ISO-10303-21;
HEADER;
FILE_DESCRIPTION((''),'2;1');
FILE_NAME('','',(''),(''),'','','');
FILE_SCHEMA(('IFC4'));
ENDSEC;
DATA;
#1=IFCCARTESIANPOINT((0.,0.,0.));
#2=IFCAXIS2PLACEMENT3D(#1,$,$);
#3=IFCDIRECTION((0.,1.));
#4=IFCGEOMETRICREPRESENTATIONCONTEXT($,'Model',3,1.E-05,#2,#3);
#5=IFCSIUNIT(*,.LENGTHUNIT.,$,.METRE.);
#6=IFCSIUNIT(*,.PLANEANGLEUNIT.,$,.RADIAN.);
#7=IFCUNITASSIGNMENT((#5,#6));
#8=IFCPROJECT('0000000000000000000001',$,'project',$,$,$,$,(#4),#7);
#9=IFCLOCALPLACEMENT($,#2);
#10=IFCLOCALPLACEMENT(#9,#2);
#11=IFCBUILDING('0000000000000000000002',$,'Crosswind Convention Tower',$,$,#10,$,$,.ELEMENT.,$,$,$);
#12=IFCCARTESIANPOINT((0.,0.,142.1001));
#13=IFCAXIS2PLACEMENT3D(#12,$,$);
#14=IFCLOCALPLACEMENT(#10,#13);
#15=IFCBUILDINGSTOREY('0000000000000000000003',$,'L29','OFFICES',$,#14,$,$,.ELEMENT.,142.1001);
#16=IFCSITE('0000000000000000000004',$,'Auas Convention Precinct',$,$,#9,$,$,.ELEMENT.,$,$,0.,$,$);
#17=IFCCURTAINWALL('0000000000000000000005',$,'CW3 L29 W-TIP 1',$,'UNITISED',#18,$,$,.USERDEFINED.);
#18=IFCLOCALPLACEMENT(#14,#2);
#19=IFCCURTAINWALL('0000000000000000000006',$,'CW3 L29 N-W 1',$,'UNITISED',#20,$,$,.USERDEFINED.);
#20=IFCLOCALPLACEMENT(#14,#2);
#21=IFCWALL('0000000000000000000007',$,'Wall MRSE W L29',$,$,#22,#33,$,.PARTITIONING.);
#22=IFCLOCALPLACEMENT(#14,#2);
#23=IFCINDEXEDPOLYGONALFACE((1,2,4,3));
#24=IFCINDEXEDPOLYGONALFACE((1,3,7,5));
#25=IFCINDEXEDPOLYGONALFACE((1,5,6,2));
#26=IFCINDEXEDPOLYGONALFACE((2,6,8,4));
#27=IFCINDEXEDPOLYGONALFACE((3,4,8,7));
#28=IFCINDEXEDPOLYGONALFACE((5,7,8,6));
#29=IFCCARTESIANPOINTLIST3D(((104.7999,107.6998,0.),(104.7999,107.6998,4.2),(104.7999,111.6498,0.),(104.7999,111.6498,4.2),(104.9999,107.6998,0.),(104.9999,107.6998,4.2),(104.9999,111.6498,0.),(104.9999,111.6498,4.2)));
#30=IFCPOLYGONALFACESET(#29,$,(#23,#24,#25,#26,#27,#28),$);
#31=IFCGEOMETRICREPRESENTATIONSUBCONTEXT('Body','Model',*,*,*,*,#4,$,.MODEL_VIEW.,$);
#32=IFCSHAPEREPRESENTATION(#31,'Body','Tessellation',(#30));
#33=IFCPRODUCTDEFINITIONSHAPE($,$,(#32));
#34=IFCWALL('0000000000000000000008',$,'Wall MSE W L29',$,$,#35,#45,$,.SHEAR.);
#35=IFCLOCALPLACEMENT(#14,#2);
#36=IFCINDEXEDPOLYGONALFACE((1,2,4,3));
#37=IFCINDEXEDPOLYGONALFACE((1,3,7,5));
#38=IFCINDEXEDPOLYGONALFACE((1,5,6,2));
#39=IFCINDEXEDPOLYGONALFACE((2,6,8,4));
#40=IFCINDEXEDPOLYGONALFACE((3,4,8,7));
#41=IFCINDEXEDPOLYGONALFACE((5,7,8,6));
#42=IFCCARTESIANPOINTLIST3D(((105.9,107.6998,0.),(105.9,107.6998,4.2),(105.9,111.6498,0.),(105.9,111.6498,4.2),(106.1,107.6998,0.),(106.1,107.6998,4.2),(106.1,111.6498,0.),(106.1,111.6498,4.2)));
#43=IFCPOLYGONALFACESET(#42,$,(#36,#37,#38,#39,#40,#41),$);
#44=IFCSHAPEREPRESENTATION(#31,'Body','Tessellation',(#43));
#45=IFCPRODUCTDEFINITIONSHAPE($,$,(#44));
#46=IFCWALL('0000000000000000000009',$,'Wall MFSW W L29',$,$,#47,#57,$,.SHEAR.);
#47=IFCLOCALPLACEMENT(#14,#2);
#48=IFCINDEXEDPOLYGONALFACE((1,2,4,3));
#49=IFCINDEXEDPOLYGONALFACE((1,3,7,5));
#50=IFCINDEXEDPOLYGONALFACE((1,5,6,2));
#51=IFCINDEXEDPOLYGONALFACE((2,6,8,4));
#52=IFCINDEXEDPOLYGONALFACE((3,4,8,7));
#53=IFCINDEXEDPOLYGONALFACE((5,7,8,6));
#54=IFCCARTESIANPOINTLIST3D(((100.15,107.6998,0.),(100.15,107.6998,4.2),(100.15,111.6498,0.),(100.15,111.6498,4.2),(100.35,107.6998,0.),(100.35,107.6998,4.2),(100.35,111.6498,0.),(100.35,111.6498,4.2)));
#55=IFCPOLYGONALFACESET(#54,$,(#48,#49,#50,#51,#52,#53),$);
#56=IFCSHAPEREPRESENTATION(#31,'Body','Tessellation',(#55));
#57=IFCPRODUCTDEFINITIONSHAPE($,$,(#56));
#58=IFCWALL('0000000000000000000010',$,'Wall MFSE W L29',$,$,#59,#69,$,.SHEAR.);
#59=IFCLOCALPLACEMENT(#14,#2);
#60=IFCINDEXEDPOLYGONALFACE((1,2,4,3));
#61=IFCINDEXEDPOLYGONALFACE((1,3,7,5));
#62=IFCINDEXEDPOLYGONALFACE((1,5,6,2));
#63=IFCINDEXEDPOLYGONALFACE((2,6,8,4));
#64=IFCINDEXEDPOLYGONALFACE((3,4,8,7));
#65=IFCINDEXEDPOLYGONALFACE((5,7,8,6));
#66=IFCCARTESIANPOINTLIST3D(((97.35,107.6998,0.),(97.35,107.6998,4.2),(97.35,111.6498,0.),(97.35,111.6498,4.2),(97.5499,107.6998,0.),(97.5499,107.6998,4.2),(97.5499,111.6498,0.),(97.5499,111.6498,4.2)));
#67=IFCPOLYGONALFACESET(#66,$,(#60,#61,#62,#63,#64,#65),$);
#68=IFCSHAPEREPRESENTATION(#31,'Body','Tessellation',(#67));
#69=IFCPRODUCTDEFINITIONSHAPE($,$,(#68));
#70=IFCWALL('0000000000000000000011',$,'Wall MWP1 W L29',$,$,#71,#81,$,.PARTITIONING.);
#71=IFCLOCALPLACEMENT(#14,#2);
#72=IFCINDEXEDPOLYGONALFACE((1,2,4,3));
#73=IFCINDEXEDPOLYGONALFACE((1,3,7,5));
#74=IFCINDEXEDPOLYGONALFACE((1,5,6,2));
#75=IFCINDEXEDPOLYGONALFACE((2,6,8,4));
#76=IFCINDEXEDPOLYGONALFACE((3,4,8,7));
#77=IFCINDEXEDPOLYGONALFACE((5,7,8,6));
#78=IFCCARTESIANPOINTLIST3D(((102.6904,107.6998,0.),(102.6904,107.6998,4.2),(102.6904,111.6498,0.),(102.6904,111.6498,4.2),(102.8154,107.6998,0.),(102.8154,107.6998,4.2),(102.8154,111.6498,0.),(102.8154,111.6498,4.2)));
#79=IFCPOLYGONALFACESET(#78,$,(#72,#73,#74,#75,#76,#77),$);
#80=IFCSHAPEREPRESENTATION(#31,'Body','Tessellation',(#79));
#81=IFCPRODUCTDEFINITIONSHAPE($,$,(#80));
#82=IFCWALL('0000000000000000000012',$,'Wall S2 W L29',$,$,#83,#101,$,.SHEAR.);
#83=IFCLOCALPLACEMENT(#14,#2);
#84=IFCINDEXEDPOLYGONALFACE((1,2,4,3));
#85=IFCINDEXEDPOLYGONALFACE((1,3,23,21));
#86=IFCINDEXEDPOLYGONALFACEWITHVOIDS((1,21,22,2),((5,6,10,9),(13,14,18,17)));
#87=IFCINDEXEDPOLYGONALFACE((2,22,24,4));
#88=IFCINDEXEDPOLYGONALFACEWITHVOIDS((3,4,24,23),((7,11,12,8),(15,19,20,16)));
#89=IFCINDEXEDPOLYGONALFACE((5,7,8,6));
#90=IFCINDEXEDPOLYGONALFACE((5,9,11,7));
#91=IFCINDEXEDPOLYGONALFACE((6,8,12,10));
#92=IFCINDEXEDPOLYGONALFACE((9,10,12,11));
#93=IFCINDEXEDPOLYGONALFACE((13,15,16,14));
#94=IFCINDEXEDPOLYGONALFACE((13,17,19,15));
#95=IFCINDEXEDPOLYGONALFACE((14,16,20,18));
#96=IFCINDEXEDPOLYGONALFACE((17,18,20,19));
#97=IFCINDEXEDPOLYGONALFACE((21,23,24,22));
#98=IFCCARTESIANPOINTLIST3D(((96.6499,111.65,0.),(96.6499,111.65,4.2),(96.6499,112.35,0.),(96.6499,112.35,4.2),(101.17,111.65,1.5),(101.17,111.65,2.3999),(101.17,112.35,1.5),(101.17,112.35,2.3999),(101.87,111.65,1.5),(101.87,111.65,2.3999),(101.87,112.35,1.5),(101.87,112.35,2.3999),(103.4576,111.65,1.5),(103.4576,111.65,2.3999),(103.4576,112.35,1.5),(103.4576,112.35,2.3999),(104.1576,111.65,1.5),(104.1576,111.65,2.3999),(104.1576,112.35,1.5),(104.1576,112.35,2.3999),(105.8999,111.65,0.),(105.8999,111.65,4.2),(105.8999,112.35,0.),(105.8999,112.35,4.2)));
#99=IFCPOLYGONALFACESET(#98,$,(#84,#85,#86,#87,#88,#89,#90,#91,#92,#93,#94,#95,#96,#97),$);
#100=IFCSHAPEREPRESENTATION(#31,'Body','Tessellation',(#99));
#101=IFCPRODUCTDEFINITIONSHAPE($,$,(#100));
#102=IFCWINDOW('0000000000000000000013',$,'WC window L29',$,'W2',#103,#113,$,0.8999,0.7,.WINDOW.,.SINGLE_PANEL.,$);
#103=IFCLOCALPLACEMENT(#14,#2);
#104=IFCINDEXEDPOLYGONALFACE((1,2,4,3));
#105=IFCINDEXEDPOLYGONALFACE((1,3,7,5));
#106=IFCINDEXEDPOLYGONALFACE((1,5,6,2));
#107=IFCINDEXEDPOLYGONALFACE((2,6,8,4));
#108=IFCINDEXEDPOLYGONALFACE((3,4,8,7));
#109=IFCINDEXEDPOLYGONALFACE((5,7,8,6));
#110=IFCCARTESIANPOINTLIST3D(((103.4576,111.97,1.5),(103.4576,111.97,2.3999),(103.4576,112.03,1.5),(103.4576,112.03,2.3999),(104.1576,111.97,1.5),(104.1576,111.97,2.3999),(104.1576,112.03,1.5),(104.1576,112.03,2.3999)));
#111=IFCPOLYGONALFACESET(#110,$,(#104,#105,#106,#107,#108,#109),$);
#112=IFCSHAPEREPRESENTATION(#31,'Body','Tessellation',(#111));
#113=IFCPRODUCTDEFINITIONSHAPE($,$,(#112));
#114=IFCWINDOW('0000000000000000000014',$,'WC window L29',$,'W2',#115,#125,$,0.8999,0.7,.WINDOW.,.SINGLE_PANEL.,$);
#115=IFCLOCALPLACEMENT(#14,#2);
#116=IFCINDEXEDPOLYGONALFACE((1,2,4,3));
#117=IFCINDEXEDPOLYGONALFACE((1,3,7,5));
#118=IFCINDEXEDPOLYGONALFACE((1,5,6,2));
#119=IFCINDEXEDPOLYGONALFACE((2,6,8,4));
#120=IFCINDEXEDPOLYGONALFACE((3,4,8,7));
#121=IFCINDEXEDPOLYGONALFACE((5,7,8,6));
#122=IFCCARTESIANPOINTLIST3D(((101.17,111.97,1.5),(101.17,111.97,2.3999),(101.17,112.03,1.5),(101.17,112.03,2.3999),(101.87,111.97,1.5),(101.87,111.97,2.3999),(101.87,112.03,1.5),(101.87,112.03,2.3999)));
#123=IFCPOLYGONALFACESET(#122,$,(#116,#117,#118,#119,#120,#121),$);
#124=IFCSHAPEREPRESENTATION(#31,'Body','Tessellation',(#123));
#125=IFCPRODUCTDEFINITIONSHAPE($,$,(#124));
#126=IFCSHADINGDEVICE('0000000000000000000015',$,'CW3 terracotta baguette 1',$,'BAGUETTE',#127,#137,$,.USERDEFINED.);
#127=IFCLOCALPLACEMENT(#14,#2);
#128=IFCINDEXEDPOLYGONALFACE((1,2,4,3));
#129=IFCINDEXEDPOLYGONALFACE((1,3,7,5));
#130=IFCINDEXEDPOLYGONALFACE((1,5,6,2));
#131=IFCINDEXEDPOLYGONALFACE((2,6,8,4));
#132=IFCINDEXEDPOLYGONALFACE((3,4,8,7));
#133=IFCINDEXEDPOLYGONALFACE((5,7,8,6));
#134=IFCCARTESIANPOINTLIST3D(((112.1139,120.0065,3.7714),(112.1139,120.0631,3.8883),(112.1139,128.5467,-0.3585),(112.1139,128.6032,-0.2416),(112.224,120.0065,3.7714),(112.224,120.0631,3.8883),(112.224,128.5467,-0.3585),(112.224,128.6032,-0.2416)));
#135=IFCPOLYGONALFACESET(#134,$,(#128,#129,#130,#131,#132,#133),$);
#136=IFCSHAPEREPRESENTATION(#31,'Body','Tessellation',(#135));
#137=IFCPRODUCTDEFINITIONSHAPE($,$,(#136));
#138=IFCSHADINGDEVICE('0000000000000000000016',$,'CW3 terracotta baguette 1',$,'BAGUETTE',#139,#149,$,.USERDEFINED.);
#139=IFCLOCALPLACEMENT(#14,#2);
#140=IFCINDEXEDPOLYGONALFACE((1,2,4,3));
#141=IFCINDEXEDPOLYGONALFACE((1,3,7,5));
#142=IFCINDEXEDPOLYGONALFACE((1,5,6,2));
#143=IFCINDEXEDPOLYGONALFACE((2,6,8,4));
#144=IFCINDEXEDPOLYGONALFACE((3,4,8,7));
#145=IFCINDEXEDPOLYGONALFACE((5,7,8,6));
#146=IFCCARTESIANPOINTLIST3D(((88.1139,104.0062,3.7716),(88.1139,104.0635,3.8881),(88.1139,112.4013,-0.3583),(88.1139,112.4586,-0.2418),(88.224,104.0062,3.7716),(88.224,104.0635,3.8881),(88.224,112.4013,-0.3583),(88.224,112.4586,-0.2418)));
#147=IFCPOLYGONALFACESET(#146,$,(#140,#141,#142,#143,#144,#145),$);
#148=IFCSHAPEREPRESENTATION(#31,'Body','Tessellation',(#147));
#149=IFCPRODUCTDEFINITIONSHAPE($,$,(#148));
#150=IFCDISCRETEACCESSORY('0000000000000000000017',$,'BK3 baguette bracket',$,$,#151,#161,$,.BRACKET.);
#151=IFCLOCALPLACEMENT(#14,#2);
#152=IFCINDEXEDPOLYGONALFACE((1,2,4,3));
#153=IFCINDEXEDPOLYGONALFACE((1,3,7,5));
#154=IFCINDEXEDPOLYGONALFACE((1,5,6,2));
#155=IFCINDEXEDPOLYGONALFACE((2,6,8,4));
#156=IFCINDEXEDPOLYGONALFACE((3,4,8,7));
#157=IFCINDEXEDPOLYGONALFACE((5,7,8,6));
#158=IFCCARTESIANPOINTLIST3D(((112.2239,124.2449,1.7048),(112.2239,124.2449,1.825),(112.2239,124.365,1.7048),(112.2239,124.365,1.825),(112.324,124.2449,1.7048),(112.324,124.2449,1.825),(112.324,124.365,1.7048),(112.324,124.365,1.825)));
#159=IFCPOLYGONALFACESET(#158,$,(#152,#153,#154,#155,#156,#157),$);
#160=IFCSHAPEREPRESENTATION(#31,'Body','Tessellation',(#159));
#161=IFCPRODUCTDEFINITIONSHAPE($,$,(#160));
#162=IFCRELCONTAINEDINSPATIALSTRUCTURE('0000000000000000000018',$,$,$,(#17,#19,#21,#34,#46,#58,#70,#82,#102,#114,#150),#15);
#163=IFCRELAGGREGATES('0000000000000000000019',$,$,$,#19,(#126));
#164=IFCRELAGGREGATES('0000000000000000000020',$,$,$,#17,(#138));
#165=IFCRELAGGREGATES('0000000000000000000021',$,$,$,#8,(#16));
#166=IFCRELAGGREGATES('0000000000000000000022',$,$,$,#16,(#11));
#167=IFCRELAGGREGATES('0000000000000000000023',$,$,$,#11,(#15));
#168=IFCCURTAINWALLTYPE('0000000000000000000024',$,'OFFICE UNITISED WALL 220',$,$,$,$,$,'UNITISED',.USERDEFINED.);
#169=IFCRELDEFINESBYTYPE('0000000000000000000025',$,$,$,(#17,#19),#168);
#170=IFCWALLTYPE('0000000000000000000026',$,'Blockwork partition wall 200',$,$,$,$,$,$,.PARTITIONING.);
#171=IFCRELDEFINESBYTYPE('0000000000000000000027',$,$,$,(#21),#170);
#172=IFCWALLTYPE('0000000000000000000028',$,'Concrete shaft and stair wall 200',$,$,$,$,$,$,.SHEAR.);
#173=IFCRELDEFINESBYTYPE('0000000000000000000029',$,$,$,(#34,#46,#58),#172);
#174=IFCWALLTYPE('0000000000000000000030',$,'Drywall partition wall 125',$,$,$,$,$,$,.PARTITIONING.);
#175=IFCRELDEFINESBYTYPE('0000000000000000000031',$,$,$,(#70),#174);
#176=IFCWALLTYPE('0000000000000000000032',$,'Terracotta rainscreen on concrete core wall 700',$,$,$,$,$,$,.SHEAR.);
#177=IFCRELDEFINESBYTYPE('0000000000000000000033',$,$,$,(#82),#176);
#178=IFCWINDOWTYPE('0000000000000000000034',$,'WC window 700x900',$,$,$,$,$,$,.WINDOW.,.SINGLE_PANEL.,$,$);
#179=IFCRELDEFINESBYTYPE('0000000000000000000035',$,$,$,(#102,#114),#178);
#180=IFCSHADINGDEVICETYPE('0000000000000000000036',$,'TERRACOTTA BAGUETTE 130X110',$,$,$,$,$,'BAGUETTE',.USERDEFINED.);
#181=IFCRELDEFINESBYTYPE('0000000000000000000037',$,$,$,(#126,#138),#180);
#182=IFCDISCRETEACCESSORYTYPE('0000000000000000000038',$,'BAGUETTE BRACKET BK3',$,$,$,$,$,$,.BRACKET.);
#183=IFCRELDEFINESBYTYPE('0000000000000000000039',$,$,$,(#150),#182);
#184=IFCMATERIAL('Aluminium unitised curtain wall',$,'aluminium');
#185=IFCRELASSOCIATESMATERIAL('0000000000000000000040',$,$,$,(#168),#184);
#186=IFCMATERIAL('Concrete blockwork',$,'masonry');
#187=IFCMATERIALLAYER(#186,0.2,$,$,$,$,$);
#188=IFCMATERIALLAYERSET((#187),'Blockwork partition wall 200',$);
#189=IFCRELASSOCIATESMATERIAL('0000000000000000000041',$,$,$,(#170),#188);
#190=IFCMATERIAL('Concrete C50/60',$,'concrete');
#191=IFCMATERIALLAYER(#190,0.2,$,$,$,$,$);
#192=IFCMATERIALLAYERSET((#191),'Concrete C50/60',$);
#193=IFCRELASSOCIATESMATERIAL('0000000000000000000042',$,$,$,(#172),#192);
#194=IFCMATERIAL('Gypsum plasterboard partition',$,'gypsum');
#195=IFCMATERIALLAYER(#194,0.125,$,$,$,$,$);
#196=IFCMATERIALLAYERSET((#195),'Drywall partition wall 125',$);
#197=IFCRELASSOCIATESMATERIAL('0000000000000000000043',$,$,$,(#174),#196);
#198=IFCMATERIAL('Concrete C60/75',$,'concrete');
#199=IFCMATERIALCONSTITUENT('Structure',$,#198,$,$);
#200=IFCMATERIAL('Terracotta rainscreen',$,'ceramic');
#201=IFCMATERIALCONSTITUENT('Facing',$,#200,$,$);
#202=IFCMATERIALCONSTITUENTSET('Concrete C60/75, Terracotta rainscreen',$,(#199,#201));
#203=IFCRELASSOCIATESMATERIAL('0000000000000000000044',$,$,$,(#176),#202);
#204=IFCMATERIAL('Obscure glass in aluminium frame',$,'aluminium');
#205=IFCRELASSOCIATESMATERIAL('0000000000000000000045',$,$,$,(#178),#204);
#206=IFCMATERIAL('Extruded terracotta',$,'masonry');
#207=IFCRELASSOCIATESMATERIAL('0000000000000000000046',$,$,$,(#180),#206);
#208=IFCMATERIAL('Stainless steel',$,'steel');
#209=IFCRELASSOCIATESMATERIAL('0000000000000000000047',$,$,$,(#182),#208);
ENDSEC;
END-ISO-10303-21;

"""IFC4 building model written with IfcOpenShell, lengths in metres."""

from ifc_helpers import new_model, si_unit, direction, frame, frame_2d, origin, origin_2d, place, context, subcontext, project, spatial, rectangle, extrude, material, layer, layer_set, constituent, constituent_set, material_profile, profile_set, type_object, element, fill, aggregate, save


model = new_model("IFC4")

# Units and contexts
model_context = context("Model", 3, precision=1e-05, world=origin(), true_north=direction((0.0, 1.0)))
body_context = subcontext(model_context, "Body", "Model", "MODEL_VIEW")
ifc_project = project(units=[si_unit("LENGTHUNIT", "METRE"), si_unit("PLANEANGLEUNIT", "RADIAN")], contexts=[model_context])

# Site, building, storey
site_placement = place(None, origin())
site = spatial("IfcSite", under=ifc_project, at=site_placement, Name="Auas Convention Precinct", CompositionType="ELEMENT", RefElevation=0.0)
building_placement = place(site_placement, origin())
building = spatial("IfcBuilding", under=site, at=building_placement, Name="Crosswind Convention Tower", CompositionType="ELEMENT")
storey_placement = place(building_placement, frame((0.0, 0.0, 142.1001)))
storey = spatial("IfcBuildingStorey", under=building, at=storey_placement, Name="L29", Description="OFFICES", CompositionType="ELEMENT", Elevation=142.1001)

# Shared definitions
ifc_material_1 = material(Name="Concrete C60/75", Category="concrete")

# Shared definitions
ifc_material_2 = material(Name="Aluminium unitised curtain wall", Category="aluminium")

# Curtain wall
curtain_wall_type_1 = type_object("IfcCurtainWallType", Name="OFFICE UNITISED WALL 220", ElementType="UNITISED", PredefinedType="USERDEFINED", material=ifc_material_2)
curtain_wall_1_placement = place(storey_placement, origin())
curtain_wall_1 = element("IfcCurtainWall", 1, at=curtain_wall_1_placement, inside=storey, type_object=curtain_wall_type_1, Name="CW3 L29 W-TIP 1", ObjectType="UNITISED", PredefinedType="USERDEFINED")

# Curtain wall
curtain_wall_2_placement = place(storey_placement, origin())
curtain_wall_2 = element("IfcCurtainWall", 2, at=curtain_wall_2_placement, inside=storey, type_object=curtain_wall_type_1, Name="CW3 L29 N-W 1", ObjectType="UNITISED", PredefinedType="USERDEFINED")

# Wall
ifc_material_3 = material(Name="Concrete blockwork", Category="masonry")
ifc_layer_1 = layer(ifc_material_3, 0.2)
ifc_layer_set_1 = layer_set([ifc_layer_1], Name="Blockwork partition wall 200")
wall_type_1 = type_object("IfcWallType", Name="Blockwork partition wall 200", PredefinedType="PARTITIONING", material=ifc_layer_set_1)
wall_1_placement = place(storey_placement, frame((104.8999, 111.6499, 0.0), z_axis=(0.0, 0.0, 1.0), x_axis=(0.0, -1.0, 0.0)))
element("IfcWall", 3, at=wall_1_placement, inside=storey, type_object=wall_type_1, Name="Wall MRSE W L29", PredefinedType="PARTITIONING", context=body_context, shape_type="SweptSolid", body=[
    extrude(rectangle(XDim=3.95, YDim=0.2, at=frame_2d((1.9751, 0.0))), origin(), (0.0, 0.0, 1.0), 4.2),
])

# Walls
ifc_material_4 = material(Name="Concrete C50/60", Category="concrete")
ifc_layer_2 = layer(ifc_material_4, 0.2)
ifc_layer_set_2 = layer_set([ifc_layer_2], Name="Concrete C50/60")
wall_type_2 = type_object("IfcWallType", Name="Concrete shaft and stair wall 200", PredefinedType="SHEAR", material=ifc_layer_set_2)
for number, where, z_axis, x_axis, name in (
    (4, (106.0, 111.6499, 0.0), (0.0, 0.0, 1.0), (0.0, -1.0, 0.0), "Wall MSE W L29"),
    (5, (100.25, 111.6499, 0.0), (0.0, 0.0, 1.0), (0.0, -1.0, 0.0), "Wall MFSW W L29"),
    (6, (97.45, 111.6499, 0.0), (0.0, 0.0, 1.0), (0.0, -1.0, 0.0), "Wall MFSE W L29"),
):
    element("IfcWall", number, at=place(storey_placement, frame(where, z_axis=z_axis, x_axis=x_axis)), inside=storey, type_object=wall_type_2, Name=name, PredefinedType="SHEAR", context=body_context, shape_type="SweptSolid", body=[
        extrude(rectangle(XDim=3.95, YDim=0.2, at=frame_2d((1.9751, 0.0))), origin(), (0.0, 0.0, 1.0), 4.2),
    ])
ifc_material_5 = material(Name="Gypsum plasterboard partition", Category="gypsum")
ifc_layer_3 = layer(ifc_material_5, 0.125)
ifc_layer_set_3 = layer_set([ifc_layer_3], Name="Drywall partition wall 125")
wall_type_3 = type_object("IfcWallType", Name="Drywall partition wall 125", PredefinedType="PARTITIONING", material=ifc_layer_set_3)
wall_2_placement = place(storey_placement, frame((102.7529, 111.6499, 0.0), z_axis=(0.0, 0.0, 1.0), x_axis=(0.0, -1.0, 0.0)))
element("IfcWall", 7, at=wall_2_placement, inside=storey, type_object=wall_type_3, Name="Wall MWP1 W L29", PredefinedType="PARTITIONING", context=body_context, shape_type="SweptSolid", body=[
    extrude(rectangle(XDim=3.95, YDim=0.125, at=frame_2d((1.9751, 0.0))), origin(), (0.0, 0.0, 1.0), 4.2),
])

# Wall, openings, windows
ifc_constituent_1 = constituent(ifc_material_1, Name="Structure")
ifc_material_6 = material(Name="Terracotta rainscreen", Category="ceramic")
ifc_constituent_2 = constituent(ifc_material_6, Name="Facing")
ifc_constituent_set = constituent_set(constituents=[ifc_constituent_1, ifc_constituent_2], Name="Concrete C60/75, Terracotta rainscreen")
wall_type_4 = type_object("IfcWallType", Name="Terracotta rainscreen on concrete core wall 700", PredefinedType="SHEAR", material=ifc_constituent_set)
wall_3_placement = place(storey_placement, frame((105.8999, 112.0, 0.0), z_axis=(0.0, 0.0, 1.0), x_axis=(-1.0, 0.0, 0.0)))
wall_3 = element("IfcWall", 8, at=wall_3_placement, inside=storey, type_object=wall_type_4, Name="Wall S2 W L29", PredefinedType="SHEAR", context=body_context, shape_type="SweptSolid", body=[
    extrude(rectangle(XDim=9.25, YDim=0.7, at=frame_2d((4.625, 0.0))), origin(), (0.0, 0.0, 1.0), 4.2),
])
opening_1_placement = place(wall_3_placement, frame((1.7422, 0.0, 1.5)))
opening_1 = element("IfcOpeningElement", 9, at=opening_1_placement, cuts=wall_3, PredefinedType="OPENING", context=body_context, shape_type="SweptSolid", body=[
    extrude(rectangle(XDim=0.7, YDim=0.8999, at=frame_2d((0.3501, 0.45))), frame((0.0, 0.3599, 0.0), z_axis=(0.0, -1.0, 0.0), x_axis=(1.0, 0.0, 0.0)), (0.0, 0.0, 1.0), 0.72),
])
opening_2_placement = place(wall_3_placement, frame((4.0298, 0.0, 1.5)))
opening_2 = element("IfcOpeningElement", 10, at=opening_2_placement, cuts=wall_3, PredefinedType="OPENING", context=body_context, shape_type="SweptSolid", body=[
    extrude(rectangle(XDim=0.7, YDim=0.8999, at=frame_2d((0.3501, 0.45))), frame((0.0, 0.3599, 0.0), z_axis=(0.0, -1.0, 0.0), x_axis=(1.0, 0.0, 0.0)), (0.0, 0.0, 1.0), 0.72),
])
ifc_material_7 = material(Name="Obscure glass in aluminium frame", Category="aluminium")
window_type = type_object("IfcWindowType", Name="WC window 700x900", PartitioningType="SINGLE_PANEL", PredefinedType="WINDOW", material=ifc_material_7)
window_1_placement = place(opening_1_placement, origin())
window_1 = element("IfcWindow", 11, at=window_1_placement, inside=storey, type_object=window_type, Name="WC window L29", ObjectType="W2", OverallHeight=0.8999, OverallWidth=0.7, PartitioningType="SINGLE_PANEL", PredefinedType="WINDOW", context=body_context, shape_type="SweptSolid", body=[
    extrude(rectangle(XDim=0.7, YDim=0.8999, at=frame_2d((0.3501, 0.45))), frame((0.0, 0.03, 0.0), z_axis=(0.0, -1.0, 0.0), x_axis=(1.0, 0.0, 0.0)), (0.0, 0.0, 1.0), 0.0601),
])
fill(opening_1, window_1)
window_2_placement = place(opening_2_placement, origin())
window_2 = element("IfcWindow", 12, at=window_2_placement, inside=storey, type_object=window_type, Name="WC window L29", ObjectType="W2", OverallHeight=0.8999, OverallWidth=0.7, PartitioningType="SINGLE_PANEL", PredefinedType="WINDOW", context=body_context, shape_type="SweptSolid", body=[
    extrude(rectangle(XDim=0.7, YDim=0.8999, at=frame_2d((0.3501, 0.45))), frame((0.0, 0.03, 0.0), z_axis=(0.0, -1.0, 0.0), x_axis=(1.0, 0.0, 0.0)), (0.0, 0.0, 1.0), 0.0601),
])
fill(opening_2, window_2)

# Shading devices
ifc_material_8 = material(Name="Extruded terracotta", Category="masonry")
ifc_material_profile_1 = material_profile(ifc_material_8, rectangle(XDim=0.1101, YDim=0.1299, at=origin_2d()), Name="TC 110X130")
ifc_profile_set_1 = profile_set([ifc_material_profile_1], Name="Extruded terracotta")
shading_device_type = type_object("IfcShadingDeviceType", Name="TERRACOTTA BAGUETTE 130X110", ElementType="BAGUETTE", PredefinedType="USERDEFINED", material=ifc_profile_set_1)
shading_device_1_placement = place(storey_placement, frame((112.1689, 128.575, -0.3), z_axis=(0.0, -0.900258, 0.435356), x_axis=(1.0, 0.0, 0.0)))
shading_device_1 = element("IfcShadingDevice", 13, at=shading_device_1_placement, type_object=shading_device_type, Name="CW3 terracotta baguette 1", ObjectType="BAGUETTE", PredefinedType="USERDEFINED", context=body_context, shape_type="SweptSolid", body=[
    extrude(rectangle(XDim=0.1101, YDim=0.1299, at=origin_2d()), origin(), (0.0, 0.0, 1.0), 9.4863),
])
aggregate(curtain_wall_2, [shading_device_1])
shading_device_2_placement = place(storey_placement, frame((88.1689, 112.4299, -0.3), z_axis=(0.0, -0.8973, 0.441422), x_axis=(1.0, 0.0, 0.0)))
shading_device_2 = element("IfcShadingDevice", 14, at=shading_device_2_placement, type_object=shading_device_type, Name="CW3 terracotta baguette 1", ObjectType="BAGUETTE", PredefinedType="USERDEFINED", context=body_context, shape_type="SweptSolid", body=[
    extrude(rectangle(XDim=0.1101, YDim=0.1299, at=origin_2d()), origin(), (0.0, 0.0, 1.0), 9.356),
])
aggregate(curtain_wall_1, [shading_device_2])

# Discrete accessory
ifc_material_9 = material(Name="Stainless steel", Category="steel")
discrete_accessory_type = type_object("IfcDiscreteAccessoryType", Name="BAGUETTE BRACKET BK3", PredefinedType="BRACKET", material=ifc_material_9)
discrete_accessory_placement = place(storey_placement, frame((112.2739, 124.3049, 1.7048), z_axis=(0.0, 0.0, 1.0), x_axis=(0.0, -1.0, 0.0)))
element("IfcDiscreteAccessory", 15, at=discrete_accessory_placement, inside=storey, type_object=discrete_accessory_type, Name="BK3 baguette bracket", PredefinedType="BRACKET", context=body_context, shape_type="SweptSolid", body=[
    extrude(rectangle(XDim=0.1201, YDim=0.1001, at=origin_2d()), origin(), (0.0, 0.0, 1.0), 0.1201),
])

save(model, "model.ifc")
